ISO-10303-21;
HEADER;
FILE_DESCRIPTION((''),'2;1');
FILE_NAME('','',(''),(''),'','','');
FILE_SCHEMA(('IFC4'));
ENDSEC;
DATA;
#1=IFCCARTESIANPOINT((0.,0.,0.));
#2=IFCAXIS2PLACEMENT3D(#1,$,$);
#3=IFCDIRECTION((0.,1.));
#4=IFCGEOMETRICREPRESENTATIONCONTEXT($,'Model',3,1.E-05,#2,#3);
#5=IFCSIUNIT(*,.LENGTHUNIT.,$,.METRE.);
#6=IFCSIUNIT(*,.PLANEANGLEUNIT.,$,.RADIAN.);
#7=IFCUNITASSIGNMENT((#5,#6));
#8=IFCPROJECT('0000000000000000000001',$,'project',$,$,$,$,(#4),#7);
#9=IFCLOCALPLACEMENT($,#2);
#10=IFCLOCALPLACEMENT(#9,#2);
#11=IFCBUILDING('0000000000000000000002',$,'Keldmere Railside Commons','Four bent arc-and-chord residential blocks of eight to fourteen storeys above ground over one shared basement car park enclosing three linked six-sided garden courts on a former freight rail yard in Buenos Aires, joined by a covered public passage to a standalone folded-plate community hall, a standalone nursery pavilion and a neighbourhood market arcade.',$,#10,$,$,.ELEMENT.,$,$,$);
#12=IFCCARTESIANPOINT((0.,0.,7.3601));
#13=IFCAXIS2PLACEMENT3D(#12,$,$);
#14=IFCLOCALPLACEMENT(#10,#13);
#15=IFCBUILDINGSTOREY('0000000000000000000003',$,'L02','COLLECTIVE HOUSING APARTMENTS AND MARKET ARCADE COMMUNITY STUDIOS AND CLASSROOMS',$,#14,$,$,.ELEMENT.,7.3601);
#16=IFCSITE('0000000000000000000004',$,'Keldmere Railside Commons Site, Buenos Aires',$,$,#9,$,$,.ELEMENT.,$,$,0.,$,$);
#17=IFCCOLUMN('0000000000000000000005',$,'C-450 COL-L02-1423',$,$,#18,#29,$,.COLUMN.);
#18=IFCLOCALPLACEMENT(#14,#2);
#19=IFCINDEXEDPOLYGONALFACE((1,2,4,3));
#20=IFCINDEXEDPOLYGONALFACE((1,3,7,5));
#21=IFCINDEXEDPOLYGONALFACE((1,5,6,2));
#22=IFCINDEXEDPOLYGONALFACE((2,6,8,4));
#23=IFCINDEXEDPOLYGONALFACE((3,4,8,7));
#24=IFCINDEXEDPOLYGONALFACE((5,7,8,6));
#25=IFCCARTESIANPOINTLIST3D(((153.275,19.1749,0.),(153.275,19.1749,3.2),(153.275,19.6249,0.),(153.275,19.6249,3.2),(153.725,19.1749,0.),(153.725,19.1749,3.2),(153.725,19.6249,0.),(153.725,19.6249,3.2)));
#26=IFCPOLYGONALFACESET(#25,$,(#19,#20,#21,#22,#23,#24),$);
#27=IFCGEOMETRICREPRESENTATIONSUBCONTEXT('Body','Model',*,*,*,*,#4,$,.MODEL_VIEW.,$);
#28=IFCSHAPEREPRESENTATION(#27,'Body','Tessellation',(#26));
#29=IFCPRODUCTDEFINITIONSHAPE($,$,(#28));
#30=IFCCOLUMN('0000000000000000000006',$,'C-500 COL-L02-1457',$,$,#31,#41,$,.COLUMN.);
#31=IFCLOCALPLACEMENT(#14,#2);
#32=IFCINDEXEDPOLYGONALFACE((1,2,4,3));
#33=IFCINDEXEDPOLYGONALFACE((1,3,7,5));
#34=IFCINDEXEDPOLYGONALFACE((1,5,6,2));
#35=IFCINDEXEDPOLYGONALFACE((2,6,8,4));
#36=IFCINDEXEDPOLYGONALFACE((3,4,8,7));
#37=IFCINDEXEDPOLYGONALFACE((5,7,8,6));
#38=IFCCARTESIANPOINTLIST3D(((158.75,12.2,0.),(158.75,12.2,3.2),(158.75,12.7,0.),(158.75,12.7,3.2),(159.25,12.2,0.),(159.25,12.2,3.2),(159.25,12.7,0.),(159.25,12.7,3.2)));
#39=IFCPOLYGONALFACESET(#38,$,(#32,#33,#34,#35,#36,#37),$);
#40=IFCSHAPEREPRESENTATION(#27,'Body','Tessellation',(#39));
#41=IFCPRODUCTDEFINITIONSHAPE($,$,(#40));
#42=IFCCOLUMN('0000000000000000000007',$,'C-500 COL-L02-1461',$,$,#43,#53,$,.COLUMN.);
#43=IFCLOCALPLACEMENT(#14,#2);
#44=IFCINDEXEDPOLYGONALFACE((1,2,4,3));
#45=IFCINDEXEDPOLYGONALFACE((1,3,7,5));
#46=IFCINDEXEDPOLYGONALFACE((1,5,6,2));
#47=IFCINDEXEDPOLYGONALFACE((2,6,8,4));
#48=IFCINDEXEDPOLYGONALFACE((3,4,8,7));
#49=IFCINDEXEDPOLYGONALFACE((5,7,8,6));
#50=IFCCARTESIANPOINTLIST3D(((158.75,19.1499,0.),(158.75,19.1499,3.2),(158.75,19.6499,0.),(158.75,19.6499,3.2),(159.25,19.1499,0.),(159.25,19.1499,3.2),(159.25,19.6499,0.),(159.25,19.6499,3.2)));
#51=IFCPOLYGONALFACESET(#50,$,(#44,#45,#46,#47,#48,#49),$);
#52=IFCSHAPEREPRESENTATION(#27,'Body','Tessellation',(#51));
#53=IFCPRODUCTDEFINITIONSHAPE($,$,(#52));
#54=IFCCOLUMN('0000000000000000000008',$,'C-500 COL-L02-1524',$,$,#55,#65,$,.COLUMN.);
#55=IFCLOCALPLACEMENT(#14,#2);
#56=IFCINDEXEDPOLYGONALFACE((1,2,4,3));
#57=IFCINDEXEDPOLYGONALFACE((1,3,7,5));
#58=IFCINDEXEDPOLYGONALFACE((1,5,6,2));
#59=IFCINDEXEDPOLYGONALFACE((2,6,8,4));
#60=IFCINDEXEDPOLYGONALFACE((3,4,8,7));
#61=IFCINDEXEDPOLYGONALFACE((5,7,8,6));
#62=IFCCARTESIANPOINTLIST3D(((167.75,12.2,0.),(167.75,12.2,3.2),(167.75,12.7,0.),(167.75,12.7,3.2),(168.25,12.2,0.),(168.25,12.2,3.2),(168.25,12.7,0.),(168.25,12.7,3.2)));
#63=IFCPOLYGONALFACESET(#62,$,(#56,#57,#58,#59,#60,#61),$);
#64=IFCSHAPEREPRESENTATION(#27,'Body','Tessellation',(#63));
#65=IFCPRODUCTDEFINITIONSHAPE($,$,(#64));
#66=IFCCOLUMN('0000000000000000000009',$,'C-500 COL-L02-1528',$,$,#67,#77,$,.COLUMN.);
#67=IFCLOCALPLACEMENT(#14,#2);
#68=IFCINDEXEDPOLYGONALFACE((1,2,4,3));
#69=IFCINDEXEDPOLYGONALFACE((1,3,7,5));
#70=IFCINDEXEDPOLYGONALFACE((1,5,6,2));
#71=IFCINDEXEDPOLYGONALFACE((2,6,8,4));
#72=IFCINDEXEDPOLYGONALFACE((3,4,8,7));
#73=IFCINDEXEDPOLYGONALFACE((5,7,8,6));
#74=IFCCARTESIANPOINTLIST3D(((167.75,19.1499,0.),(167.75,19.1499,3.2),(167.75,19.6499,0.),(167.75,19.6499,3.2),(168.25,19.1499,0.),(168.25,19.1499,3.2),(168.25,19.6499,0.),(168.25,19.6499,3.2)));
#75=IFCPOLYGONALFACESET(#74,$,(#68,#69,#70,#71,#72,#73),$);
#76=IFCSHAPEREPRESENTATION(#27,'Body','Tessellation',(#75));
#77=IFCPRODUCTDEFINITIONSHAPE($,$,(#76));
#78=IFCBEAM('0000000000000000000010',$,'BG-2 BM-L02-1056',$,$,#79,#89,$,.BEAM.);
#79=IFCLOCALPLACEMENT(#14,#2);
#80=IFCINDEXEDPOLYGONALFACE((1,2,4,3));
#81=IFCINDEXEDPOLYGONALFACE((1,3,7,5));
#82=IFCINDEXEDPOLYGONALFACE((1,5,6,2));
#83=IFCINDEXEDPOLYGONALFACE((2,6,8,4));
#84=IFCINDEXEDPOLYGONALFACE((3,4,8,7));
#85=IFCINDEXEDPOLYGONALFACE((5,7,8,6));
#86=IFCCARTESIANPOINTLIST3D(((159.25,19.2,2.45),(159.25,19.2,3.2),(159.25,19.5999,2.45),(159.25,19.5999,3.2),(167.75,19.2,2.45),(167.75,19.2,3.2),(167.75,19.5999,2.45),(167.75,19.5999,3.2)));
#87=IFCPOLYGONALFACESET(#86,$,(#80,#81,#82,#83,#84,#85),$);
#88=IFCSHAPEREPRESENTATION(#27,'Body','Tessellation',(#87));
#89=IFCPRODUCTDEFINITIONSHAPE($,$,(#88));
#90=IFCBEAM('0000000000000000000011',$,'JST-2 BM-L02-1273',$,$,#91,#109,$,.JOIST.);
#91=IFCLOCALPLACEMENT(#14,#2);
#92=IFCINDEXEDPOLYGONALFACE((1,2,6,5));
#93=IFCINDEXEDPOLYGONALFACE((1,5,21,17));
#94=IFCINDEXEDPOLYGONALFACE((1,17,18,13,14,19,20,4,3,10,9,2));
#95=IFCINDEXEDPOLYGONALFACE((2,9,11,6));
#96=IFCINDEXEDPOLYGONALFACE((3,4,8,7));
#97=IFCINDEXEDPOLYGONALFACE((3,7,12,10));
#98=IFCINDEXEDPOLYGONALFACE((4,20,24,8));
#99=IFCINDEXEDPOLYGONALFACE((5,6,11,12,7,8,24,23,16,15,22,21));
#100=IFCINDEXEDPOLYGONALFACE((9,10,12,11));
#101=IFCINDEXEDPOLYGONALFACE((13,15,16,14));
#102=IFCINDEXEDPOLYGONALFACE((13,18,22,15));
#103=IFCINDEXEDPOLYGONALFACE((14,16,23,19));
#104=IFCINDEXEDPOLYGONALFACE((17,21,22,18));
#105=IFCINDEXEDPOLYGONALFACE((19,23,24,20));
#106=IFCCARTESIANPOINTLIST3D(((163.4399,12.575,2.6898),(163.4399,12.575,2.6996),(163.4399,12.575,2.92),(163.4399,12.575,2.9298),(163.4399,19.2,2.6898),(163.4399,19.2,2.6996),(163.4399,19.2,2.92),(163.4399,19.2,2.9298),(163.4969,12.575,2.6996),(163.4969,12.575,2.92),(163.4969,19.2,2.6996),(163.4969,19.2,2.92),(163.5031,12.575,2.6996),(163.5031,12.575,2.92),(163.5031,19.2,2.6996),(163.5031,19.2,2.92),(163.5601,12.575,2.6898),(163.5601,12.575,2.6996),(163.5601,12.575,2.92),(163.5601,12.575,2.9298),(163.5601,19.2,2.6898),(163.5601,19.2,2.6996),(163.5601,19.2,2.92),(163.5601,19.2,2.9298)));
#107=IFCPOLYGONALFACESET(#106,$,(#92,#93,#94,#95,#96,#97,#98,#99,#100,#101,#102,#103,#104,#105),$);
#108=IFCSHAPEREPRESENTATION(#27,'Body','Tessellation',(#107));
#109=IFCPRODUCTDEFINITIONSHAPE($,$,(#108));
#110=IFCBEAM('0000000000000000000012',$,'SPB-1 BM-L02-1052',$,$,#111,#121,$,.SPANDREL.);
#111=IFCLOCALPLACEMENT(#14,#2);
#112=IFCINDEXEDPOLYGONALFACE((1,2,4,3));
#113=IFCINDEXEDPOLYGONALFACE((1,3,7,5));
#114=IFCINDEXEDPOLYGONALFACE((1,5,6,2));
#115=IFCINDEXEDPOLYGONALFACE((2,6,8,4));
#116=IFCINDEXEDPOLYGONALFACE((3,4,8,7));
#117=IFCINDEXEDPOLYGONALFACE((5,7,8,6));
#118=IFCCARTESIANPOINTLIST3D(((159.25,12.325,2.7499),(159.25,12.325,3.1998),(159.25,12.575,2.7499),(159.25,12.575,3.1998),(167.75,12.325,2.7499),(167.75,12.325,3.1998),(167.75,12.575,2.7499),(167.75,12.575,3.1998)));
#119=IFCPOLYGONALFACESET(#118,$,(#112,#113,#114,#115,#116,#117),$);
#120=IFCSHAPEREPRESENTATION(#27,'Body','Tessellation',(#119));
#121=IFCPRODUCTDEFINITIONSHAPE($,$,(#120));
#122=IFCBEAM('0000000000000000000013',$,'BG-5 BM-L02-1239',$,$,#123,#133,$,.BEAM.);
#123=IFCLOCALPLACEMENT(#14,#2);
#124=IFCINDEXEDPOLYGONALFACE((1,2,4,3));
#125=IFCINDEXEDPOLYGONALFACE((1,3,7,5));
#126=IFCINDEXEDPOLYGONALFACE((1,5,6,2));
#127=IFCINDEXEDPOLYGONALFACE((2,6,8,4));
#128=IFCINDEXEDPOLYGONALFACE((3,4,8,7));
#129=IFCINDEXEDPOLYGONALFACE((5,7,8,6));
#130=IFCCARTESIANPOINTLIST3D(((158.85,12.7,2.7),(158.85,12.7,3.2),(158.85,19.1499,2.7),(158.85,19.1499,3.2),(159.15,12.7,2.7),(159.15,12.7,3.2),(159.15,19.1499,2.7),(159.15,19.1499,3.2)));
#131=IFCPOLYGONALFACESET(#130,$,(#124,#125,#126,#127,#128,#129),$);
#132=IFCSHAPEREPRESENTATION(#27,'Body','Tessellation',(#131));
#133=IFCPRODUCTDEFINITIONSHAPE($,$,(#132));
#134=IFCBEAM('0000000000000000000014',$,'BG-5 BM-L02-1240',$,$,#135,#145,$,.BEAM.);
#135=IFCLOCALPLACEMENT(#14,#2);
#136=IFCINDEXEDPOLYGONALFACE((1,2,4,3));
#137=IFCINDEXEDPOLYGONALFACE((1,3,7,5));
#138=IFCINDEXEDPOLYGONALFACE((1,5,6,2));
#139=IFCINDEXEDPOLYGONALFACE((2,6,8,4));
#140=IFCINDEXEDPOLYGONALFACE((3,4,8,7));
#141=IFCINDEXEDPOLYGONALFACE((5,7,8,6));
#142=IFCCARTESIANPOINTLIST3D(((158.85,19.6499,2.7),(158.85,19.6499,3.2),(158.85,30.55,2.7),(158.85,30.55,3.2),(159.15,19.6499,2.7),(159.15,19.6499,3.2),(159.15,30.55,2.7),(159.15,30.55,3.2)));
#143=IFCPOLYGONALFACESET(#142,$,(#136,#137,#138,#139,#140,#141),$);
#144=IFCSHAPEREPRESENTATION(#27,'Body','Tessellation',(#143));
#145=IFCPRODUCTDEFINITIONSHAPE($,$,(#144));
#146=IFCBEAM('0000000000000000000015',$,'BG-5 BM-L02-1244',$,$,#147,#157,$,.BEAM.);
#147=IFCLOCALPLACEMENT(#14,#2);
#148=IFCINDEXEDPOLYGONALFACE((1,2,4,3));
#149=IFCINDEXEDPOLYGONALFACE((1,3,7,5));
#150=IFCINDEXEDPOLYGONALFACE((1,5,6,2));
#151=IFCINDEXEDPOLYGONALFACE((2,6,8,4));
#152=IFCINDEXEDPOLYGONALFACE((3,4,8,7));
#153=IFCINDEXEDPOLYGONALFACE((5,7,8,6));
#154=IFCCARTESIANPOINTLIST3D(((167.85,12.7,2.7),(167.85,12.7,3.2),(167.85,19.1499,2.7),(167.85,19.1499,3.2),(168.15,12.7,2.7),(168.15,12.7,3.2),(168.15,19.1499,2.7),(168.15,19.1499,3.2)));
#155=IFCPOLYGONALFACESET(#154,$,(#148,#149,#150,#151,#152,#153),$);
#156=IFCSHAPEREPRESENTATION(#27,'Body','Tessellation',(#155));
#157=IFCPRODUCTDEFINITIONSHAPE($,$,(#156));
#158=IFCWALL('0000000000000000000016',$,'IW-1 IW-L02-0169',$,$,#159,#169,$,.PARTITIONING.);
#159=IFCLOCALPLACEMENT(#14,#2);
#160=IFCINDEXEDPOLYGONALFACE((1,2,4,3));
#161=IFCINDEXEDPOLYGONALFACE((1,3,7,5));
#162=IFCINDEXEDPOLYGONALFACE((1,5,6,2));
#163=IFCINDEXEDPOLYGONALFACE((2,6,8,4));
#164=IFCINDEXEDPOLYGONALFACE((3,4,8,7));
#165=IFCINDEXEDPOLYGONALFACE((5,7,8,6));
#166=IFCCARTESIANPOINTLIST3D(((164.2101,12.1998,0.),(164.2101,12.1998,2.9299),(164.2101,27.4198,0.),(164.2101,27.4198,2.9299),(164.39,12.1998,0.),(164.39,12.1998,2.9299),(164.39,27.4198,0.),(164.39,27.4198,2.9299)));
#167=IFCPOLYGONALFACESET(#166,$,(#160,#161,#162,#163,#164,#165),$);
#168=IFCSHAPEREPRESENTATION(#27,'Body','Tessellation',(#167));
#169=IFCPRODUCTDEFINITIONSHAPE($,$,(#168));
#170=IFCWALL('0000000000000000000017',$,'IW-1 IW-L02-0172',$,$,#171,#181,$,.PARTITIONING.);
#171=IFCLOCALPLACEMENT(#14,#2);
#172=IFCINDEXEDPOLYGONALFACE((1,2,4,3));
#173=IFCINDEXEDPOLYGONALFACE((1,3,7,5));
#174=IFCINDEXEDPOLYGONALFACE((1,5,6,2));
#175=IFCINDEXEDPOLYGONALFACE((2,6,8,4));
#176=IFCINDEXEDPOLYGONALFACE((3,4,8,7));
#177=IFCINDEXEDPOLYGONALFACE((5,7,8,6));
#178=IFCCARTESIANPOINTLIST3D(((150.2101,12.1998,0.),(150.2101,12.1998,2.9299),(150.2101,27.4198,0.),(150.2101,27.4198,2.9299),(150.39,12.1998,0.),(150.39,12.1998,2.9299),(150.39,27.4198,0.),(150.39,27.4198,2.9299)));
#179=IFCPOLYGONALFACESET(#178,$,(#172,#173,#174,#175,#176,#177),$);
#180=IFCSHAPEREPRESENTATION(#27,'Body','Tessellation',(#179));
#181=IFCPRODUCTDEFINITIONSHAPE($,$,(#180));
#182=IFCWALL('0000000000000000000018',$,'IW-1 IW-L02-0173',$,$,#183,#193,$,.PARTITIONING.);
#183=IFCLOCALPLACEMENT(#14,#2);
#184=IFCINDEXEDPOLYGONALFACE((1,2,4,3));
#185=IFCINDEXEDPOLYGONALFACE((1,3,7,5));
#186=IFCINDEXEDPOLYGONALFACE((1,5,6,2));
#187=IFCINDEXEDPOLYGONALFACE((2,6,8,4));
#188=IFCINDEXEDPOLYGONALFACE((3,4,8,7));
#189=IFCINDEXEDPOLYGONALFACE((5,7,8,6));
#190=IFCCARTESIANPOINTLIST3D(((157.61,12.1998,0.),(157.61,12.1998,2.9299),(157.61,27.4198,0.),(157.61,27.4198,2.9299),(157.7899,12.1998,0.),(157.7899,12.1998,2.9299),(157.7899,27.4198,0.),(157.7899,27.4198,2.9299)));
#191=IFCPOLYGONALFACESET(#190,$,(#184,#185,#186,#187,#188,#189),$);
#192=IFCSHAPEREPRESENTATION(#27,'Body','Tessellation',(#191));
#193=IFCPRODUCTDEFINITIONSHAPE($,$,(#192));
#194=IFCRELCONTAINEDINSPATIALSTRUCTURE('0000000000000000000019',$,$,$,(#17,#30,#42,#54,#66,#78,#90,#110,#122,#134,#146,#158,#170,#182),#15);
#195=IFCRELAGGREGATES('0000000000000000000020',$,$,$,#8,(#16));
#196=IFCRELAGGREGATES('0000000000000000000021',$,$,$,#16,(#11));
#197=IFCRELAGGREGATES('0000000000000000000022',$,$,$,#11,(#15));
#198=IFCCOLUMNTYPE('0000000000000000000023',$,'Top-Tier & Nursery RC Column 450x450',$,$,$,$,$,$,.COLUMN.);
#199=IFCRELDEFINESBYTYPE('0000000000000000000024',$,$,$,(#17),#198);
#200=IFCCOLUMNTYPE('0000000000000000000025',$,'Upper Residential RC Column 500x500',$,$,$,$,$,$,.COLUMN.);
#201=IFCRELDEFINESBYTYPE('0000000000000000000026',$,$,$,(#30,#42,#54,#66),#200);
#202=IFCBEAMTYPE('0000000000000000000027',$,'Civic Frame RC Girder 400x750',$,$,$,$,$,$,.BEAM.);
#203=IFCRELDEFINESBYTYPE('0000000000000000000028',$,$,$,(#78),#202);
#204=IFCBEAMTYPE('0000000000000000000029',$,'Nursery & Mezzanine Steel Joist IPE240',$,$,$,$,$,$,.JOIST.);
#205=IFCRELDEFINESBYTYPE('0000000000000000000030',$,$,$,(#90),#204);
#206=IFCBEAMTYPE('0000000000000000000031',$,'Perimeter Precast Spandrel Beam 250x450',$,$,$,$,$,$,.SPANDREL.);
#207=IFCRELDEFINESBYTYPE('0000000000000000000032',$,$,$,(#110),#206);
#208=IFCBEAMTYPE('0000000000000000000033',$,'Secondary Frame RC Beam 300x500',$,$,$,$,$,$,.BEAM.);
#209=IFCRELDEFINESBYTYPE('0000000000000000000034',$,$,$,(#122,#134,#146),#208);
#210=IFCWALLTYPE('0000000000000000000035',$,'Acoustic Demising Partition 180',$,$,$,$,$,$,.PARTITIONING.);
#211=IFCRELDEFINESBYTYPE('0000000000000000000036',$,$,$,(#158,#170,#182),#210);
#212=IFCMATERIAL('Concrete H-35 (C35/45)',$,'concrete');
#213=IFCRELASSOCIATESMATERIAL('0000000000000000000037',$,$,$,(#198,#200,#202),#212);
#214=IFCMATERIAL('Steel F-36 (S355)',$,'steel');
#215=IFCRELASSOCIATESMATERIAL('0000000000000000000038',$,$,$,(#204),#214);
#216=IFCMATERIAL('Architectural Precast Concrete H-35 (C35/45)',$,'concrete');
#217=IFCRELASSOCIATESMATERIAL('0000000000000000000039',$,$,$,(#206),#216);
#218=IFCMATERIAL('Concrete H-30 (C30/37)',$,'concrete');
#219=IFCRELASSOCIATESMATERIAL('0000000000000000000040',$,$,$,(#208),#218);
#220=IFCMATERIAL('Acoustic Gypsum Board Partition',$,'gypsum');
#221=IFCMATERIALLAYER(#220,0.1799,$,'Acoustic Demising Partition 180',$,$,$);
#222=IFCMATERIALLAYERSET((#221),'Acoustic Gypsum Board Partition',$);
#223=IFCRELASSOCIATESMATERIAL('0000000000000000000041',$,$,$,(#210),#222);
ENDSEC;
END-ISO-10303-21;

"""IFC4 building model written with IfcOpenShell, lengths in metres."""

from ifc_helpers import new_model, si_unit, direction, frame, frame_2d, origin, origin_2d, place, context, subcontext, project, spatial, rectangle, i_section, extrude, material, layer, layer_set, material_profile, profile_set, type_object, element, save


model = new_model("IFC4")

# Units and contexts
model_context = context("Model", 3, precision=1e-05, world=origin(), true_north=direction((0.0, 1.0)))
body_context = subcontext(model_context, "Body", "Model", "MODEL_VIEW")
ifc_project = project(units=[si_unit("LENGTHUNIT", "METRE"), si_unit("PLANEANGLEUNIT", "RADIAN")], contexts=[model_context])

# Site, building, storey
site_placement = place(None, origin())
site = spatial("IfcSite", under=ifc_project, at=site_placement, Name="Keldmere Railside Commons Site, Buenos Aires", CompositionType="ELEMENT", RefElevation=0.0)
building_placement = place(site_placement, origin())
building = spatial("IfcBuilding", under=site, at=building_placement, Name="Keldmere Railside Commons", Description="Four bent arc-and-chord residential blocks of eight to fourteen storeys above ground over one shared basement car park enclosing three linked six-sided garden courts on a former freight rail yard in Buenos Aires, joined by a covered public passage to a standalone folded-plate community hall, a standalone nursery pavilion and a neighbourhood market arcade.", CompositionType="ELEMENT")
storey_placement = place(building_placement, frame((0.0, 0.0, 7.3601)))
storey = spatial("IfcBuildingStorey", under=building, at=storey_placement, Name="L02", Description="COLLECTIVE HOUSING APARTMENTS AND MARKET ARCADE COMMUNITY STUDIOS AND CLASSROOMS", CompositionType="ELEMENT", Elevation=7.3601)

# Columns
ifc_material_1 = material(Name="Concrete H-35 (C35/45)", Category="concrete")
ifc_material_profile_1 = material_profile(ifc_material_1, rectangle(XDim=0.45, YDim=0.45, at=origin_2d()), Name="RC-450x450")
ifc_profile_set_1 = profile_set([ifc_material_profile_1], Name="Concrete H-35 (C35/45)")
column_type_1 = type_object("IfcColumnType", Name="Top-Tier & Nursery RC Column 450x450", PredefinedType="COLUMN", material=ifc_profile_set_1)
column_placement = place(storey_placement, frame((153.5, 19.3999, 0.0), z_axis=(0.0, 0.0, 1.0), x_axis=(1.0, 0.0, 0.0)))
element("IfcColumn", 1, at=column_placement, inside=storey, type_object=column_type_1, Name="C-450 COL-L02-1423", PredefinedType="COLUMN", context=body_context, shape_type="SweptSolid", body=[
    extrude(rectangle(XDim=0.45, YDim=0.45, at=origin_2d()), origin(), (0.0, 0.0, 1.0), 3.2),
])
ifc_material_profile_2 = material_profile(ifc_material_1, rectangle(XDim=0.5, YDim=0.5, at=origin_2d()), Name="RC-500x500")
ifc_profile_set_2 = profile_set([ifc_material_profile_2], Name="Concrete H-35 (C35/45)")
column_type_2 = type_object("IfcColumnType", Name="Upper Residential RC Column 500x500", PredefinedType="COLUMN", material=ifc_profile_set_2)
for number, where, z_axis, x_axis, name in (
    (2, (159.0, 12.45, 0.0), (0.0, 0.0, 1.0), (1.0, 0.0, 0.0), "C-500 COL-L02-1457"),
    (3, (159.0, 19.3999, 0.0), (0.0, 0.0, 1.0), (1.0, 0.0, 0.0), "C-500 COL-L02-1461"),
    (4, (168.0, 12.45, 0.0), (0.0, 0.0, 1.0), (1.0, 0.0, 0.0), "C-500 COL-L02-1524"),
    (5, (168.0, 19.3999, 0.0), (0.0, 0.0, 1.0), (1.0, 0.0, 0.0), "C-500 COL-L02-1528"),
):
    element("IfcColumn", number, at=place(storey_placement, frame(where, z_axis=z_axis, x_axis=x_axis)), inside=storey, type_object=column_type_2, Name=name, PredefinedType="COLUMN", context=body_context, shape_type="SweptSolid", body=[
        extrude(rectangle(XDim=0.5, YDim=0.5, at=origin_2d()), origin(), (0.0, 0.0, 1.0), 3.2),
    ])

# Beams
ifc_material_profile_3 = material_profile(ifc_material_1, rectangle(XDim=0.3999, YDim=0.75, at=origin_2d()), Name="RC-400x750")
ifc_profile_set_3 = profile_set([ifc_material_profile_3], Name="Concrete H-35 (C35/45)")
beam_type_1 = type_object("IfcBeamType", Name="Civic Frame RC Girder 400x750", PredefinedType="BEAM", material=ifc_profile_set_3)
beam_1_placement = place(storey_placement, frame((159.25, 19.3999, 2.825), z_axis=(1.0, 0.0, 0.0), x_axis=(0.0, 1.0, 0.0)))
element("IfcBeam", 6, at=beam_1_placement, inside=storey, type_object=beam_type_1, Name="BG-2 BM-L02-1056", PredefinedType="BEAM", context=body_context, shape_type="SweptSolid", body=[
    extrude(rectangle(XDim=0.3999, YDim=0.75, at=origin_2d()), origin(), (0.0, 0.0, 1.0), 8.5),
])
ifc_material_2 = material(Name="Steel F-36 (S355)", Category="steel")
ifc_material_profile_4 = material_profile(ifc_material_2, i_section(OverallWidth=0.1201, OverallDepth=0.24, WebThickness=0.0061, FlangeThickness=0.0098, at=origin_2d()), Name="IPE-240")
ifc_profile_set_4 = profile_set([ifc_material_profile_4], Name="Steel F-36 (S355)")
beam_type_2 = type_object("IfcBeamType", Name="Nursery & Mezzanine Steel Joist IPE240", PredefinedType="JOIST", material=ifc_profile_set_4)
beam_2_placement = place(storey_placement, frame((163.5, 12.575, 2.8098), z_axis=(0.0, 1.0, 0.0), x_axis=(-1.0, 0.0, 0.0)))
element("IfcBeam", 7, at=beam_2_placement, inside=storey, type_object=beam_type_2, Name="JST-2 BM-L02-1273", PredefinedType="JOIST", context=body_context, shape_type="SweptSolid", body=[
    extrude(i_section(OverallWidth=0.1201, OverallDepth=0.24, WebThickness=0.0061, FlangeThickness=0.0098, at=origin_2d()), origin(), (0.0, 0.0, 1.0), 6.625),
])
ifc_material_3 = material(Name="Architectural Precast Concrete H-35 (C35/45)", Category="concrete")
ifc_material_profile_5 = material_profile(ifc_material_3, rectangle(XDim=0.25, YDim=0.45, at=origin_2d()), Name="RC-250x450")
ifc_profile_set_5 = profile_set([ifc_material_profile_5], Name="Architectural Precast Concrete H-35 (C35/45)")
beam_type_3 = type_object("IfcBeamType", Name="Perimeter Precast Spandrel Beam 250x450", PredefinedType="SPANDREL", material=ifc_profile_set_5)
beam_3_placement = place(storey_placement, frame((159.25, 12.45, 2.9749), z_axis=(1.0, 0.0, 0.0), x_axis=(0.0, 1.0, 0.0)))
element("IfcBeam", 8, at=beam_3_placement, inside=storey, type_object=beam_type_3, Name="SPB-1 BM-L02-1052", PredefinedType="SPANDREL", context=body_context, shape_type="SweptSolid", body=[
    extrude(rectangle(XDim=0.25, YDim=0.45, at=origin_2d()), origin(), (0.0, 0.0, 1.0), 8.5),
])
ifc_material_4 = material(Name="Concrete H-30 (C30/37)", Category="concrete")
ifc_material_profile_6 = material_profile(ifc_material_4, rectangle(XDim=0.3, YDim=0.5, at=origin_2d()), Name="RC-300x500")
ifc_profile_set_6 = profile_set([ifc_material_profile_6], Name="Concrete H-30 (C30/37)")
beam_type_4 = type_object("IfcBeamType", Name="Secondary Frame RC Beam 300x500", PredefinedType="BEAM", material=ifc_profile_set_6)
beam_4_placement = place(storey_placement, frame((159.0, 12.7, 2.95), z_axis=(0.0, 1.0, 0.0), x_axis=(-1.0, 0.0, 0.0)))
element("IfcBeam", 9, at=beam_4_placement, inside=storey, type_object=beam_type_4, Name="BG-5 BM-L02-1239", PredefinedType="BEAM", context=body_context, shape_type="SweptSolid", body=[
    extrude(rectangle(XDim=0.3, YDim=0.5, at=origin_2d()), origin(), (0.0, 0.0, 1.0), 6.45),
])
beam_5_placement = place(storey_placement, frame((159.0, 19.6499, 2.95), z_axis=(0.0, 1.0, 0.0), x_axis=(-1.0, 0.0, 0.0)))
element("IfcBeam", 10, at=beam_5_placement, inside=storey, type_object=beam_type_4, Name="BG-5 BM-L02-1240", PredefinedType="BEAM", context=body_context, shape_type="SweptSolid", body=[
    extrude(rectangle(XDim=0.3, YDim=0.5, at=origin_2d()), origin(), (0.0, 0.0, 1.0), 10.9001),
])
beam_6_placement = place(storey_placement, frame((168.0, 12.7, 2.95), z_axis=(0.0, 1.0, 0.0), x_axis=(-1.0, 0.0, 0.0)))
element("IfcBeam", 11, at=beam_6_placement, inside=storey, type_object=beam_type_4, Name="BG-5 BM-L02-1244", PredefinedType="BEAM", context=body_context, shape_type="SweptSolid", body=[
    extrude(rectangle(XDim=0.3, YDim=0.5, at=origin_2d()), origin(), (0.0, 0.0, 1.0), 6.45),
])

# Walls
ifc_material_5 = material(Name="Acoustic Gypsum Board Partition", Category="gypsum")
ifc_layer_1 = layer(ifc_material_5, 0.1799, Name="Acoustic Demising Partition 180")
ifc_layer_set_1 = layer_set([ifc_layer_1], Name="Acoustic Gypsum Board Partition")
wall_type_1 = type_object("IfcWallType", Name="Acoustic Demising Partition 180", PredefinedType="PARTITIONING", material=ifc_layer_set_1)
for number, where, z_axis, x_axis, name in (
    (12, (164.3, 12.2, 0.0), (0.0, 0.0, 1.0), (0.0, 1.0, 0.0), "IW-1 IW-L02-0169"),
    (13, (150.3, 12.2, 0.0), (0.0, 0.0, 1.0), (0.0, 1.0, 0.0), "IW-1 IW-L02-0172"),
    (14, (157.7, 12.2, 0.0), (0.0, 0.0, 1.0), (0.0, 1.0, 0.0), "IW-1 IW-L02-0173"),
):
    element("IfcWall", number, at=place(storey_placement, frame(where, z_axis=z_axis, x_axis=x_axis)), inside=storey, type_object=wall_type_1, Name=name, PredefinedType="PARTITIONING", context=body_context, shape_type="SweptSolid", body=[
        extrude(rectangle(XDim=15.22, YDim=0.1799, at=frame_2d((7.6099, 0.0))), origin(), (0.0, 0.0, 1.0), 2.9299),
    ])

save(model, "model.ifc")
